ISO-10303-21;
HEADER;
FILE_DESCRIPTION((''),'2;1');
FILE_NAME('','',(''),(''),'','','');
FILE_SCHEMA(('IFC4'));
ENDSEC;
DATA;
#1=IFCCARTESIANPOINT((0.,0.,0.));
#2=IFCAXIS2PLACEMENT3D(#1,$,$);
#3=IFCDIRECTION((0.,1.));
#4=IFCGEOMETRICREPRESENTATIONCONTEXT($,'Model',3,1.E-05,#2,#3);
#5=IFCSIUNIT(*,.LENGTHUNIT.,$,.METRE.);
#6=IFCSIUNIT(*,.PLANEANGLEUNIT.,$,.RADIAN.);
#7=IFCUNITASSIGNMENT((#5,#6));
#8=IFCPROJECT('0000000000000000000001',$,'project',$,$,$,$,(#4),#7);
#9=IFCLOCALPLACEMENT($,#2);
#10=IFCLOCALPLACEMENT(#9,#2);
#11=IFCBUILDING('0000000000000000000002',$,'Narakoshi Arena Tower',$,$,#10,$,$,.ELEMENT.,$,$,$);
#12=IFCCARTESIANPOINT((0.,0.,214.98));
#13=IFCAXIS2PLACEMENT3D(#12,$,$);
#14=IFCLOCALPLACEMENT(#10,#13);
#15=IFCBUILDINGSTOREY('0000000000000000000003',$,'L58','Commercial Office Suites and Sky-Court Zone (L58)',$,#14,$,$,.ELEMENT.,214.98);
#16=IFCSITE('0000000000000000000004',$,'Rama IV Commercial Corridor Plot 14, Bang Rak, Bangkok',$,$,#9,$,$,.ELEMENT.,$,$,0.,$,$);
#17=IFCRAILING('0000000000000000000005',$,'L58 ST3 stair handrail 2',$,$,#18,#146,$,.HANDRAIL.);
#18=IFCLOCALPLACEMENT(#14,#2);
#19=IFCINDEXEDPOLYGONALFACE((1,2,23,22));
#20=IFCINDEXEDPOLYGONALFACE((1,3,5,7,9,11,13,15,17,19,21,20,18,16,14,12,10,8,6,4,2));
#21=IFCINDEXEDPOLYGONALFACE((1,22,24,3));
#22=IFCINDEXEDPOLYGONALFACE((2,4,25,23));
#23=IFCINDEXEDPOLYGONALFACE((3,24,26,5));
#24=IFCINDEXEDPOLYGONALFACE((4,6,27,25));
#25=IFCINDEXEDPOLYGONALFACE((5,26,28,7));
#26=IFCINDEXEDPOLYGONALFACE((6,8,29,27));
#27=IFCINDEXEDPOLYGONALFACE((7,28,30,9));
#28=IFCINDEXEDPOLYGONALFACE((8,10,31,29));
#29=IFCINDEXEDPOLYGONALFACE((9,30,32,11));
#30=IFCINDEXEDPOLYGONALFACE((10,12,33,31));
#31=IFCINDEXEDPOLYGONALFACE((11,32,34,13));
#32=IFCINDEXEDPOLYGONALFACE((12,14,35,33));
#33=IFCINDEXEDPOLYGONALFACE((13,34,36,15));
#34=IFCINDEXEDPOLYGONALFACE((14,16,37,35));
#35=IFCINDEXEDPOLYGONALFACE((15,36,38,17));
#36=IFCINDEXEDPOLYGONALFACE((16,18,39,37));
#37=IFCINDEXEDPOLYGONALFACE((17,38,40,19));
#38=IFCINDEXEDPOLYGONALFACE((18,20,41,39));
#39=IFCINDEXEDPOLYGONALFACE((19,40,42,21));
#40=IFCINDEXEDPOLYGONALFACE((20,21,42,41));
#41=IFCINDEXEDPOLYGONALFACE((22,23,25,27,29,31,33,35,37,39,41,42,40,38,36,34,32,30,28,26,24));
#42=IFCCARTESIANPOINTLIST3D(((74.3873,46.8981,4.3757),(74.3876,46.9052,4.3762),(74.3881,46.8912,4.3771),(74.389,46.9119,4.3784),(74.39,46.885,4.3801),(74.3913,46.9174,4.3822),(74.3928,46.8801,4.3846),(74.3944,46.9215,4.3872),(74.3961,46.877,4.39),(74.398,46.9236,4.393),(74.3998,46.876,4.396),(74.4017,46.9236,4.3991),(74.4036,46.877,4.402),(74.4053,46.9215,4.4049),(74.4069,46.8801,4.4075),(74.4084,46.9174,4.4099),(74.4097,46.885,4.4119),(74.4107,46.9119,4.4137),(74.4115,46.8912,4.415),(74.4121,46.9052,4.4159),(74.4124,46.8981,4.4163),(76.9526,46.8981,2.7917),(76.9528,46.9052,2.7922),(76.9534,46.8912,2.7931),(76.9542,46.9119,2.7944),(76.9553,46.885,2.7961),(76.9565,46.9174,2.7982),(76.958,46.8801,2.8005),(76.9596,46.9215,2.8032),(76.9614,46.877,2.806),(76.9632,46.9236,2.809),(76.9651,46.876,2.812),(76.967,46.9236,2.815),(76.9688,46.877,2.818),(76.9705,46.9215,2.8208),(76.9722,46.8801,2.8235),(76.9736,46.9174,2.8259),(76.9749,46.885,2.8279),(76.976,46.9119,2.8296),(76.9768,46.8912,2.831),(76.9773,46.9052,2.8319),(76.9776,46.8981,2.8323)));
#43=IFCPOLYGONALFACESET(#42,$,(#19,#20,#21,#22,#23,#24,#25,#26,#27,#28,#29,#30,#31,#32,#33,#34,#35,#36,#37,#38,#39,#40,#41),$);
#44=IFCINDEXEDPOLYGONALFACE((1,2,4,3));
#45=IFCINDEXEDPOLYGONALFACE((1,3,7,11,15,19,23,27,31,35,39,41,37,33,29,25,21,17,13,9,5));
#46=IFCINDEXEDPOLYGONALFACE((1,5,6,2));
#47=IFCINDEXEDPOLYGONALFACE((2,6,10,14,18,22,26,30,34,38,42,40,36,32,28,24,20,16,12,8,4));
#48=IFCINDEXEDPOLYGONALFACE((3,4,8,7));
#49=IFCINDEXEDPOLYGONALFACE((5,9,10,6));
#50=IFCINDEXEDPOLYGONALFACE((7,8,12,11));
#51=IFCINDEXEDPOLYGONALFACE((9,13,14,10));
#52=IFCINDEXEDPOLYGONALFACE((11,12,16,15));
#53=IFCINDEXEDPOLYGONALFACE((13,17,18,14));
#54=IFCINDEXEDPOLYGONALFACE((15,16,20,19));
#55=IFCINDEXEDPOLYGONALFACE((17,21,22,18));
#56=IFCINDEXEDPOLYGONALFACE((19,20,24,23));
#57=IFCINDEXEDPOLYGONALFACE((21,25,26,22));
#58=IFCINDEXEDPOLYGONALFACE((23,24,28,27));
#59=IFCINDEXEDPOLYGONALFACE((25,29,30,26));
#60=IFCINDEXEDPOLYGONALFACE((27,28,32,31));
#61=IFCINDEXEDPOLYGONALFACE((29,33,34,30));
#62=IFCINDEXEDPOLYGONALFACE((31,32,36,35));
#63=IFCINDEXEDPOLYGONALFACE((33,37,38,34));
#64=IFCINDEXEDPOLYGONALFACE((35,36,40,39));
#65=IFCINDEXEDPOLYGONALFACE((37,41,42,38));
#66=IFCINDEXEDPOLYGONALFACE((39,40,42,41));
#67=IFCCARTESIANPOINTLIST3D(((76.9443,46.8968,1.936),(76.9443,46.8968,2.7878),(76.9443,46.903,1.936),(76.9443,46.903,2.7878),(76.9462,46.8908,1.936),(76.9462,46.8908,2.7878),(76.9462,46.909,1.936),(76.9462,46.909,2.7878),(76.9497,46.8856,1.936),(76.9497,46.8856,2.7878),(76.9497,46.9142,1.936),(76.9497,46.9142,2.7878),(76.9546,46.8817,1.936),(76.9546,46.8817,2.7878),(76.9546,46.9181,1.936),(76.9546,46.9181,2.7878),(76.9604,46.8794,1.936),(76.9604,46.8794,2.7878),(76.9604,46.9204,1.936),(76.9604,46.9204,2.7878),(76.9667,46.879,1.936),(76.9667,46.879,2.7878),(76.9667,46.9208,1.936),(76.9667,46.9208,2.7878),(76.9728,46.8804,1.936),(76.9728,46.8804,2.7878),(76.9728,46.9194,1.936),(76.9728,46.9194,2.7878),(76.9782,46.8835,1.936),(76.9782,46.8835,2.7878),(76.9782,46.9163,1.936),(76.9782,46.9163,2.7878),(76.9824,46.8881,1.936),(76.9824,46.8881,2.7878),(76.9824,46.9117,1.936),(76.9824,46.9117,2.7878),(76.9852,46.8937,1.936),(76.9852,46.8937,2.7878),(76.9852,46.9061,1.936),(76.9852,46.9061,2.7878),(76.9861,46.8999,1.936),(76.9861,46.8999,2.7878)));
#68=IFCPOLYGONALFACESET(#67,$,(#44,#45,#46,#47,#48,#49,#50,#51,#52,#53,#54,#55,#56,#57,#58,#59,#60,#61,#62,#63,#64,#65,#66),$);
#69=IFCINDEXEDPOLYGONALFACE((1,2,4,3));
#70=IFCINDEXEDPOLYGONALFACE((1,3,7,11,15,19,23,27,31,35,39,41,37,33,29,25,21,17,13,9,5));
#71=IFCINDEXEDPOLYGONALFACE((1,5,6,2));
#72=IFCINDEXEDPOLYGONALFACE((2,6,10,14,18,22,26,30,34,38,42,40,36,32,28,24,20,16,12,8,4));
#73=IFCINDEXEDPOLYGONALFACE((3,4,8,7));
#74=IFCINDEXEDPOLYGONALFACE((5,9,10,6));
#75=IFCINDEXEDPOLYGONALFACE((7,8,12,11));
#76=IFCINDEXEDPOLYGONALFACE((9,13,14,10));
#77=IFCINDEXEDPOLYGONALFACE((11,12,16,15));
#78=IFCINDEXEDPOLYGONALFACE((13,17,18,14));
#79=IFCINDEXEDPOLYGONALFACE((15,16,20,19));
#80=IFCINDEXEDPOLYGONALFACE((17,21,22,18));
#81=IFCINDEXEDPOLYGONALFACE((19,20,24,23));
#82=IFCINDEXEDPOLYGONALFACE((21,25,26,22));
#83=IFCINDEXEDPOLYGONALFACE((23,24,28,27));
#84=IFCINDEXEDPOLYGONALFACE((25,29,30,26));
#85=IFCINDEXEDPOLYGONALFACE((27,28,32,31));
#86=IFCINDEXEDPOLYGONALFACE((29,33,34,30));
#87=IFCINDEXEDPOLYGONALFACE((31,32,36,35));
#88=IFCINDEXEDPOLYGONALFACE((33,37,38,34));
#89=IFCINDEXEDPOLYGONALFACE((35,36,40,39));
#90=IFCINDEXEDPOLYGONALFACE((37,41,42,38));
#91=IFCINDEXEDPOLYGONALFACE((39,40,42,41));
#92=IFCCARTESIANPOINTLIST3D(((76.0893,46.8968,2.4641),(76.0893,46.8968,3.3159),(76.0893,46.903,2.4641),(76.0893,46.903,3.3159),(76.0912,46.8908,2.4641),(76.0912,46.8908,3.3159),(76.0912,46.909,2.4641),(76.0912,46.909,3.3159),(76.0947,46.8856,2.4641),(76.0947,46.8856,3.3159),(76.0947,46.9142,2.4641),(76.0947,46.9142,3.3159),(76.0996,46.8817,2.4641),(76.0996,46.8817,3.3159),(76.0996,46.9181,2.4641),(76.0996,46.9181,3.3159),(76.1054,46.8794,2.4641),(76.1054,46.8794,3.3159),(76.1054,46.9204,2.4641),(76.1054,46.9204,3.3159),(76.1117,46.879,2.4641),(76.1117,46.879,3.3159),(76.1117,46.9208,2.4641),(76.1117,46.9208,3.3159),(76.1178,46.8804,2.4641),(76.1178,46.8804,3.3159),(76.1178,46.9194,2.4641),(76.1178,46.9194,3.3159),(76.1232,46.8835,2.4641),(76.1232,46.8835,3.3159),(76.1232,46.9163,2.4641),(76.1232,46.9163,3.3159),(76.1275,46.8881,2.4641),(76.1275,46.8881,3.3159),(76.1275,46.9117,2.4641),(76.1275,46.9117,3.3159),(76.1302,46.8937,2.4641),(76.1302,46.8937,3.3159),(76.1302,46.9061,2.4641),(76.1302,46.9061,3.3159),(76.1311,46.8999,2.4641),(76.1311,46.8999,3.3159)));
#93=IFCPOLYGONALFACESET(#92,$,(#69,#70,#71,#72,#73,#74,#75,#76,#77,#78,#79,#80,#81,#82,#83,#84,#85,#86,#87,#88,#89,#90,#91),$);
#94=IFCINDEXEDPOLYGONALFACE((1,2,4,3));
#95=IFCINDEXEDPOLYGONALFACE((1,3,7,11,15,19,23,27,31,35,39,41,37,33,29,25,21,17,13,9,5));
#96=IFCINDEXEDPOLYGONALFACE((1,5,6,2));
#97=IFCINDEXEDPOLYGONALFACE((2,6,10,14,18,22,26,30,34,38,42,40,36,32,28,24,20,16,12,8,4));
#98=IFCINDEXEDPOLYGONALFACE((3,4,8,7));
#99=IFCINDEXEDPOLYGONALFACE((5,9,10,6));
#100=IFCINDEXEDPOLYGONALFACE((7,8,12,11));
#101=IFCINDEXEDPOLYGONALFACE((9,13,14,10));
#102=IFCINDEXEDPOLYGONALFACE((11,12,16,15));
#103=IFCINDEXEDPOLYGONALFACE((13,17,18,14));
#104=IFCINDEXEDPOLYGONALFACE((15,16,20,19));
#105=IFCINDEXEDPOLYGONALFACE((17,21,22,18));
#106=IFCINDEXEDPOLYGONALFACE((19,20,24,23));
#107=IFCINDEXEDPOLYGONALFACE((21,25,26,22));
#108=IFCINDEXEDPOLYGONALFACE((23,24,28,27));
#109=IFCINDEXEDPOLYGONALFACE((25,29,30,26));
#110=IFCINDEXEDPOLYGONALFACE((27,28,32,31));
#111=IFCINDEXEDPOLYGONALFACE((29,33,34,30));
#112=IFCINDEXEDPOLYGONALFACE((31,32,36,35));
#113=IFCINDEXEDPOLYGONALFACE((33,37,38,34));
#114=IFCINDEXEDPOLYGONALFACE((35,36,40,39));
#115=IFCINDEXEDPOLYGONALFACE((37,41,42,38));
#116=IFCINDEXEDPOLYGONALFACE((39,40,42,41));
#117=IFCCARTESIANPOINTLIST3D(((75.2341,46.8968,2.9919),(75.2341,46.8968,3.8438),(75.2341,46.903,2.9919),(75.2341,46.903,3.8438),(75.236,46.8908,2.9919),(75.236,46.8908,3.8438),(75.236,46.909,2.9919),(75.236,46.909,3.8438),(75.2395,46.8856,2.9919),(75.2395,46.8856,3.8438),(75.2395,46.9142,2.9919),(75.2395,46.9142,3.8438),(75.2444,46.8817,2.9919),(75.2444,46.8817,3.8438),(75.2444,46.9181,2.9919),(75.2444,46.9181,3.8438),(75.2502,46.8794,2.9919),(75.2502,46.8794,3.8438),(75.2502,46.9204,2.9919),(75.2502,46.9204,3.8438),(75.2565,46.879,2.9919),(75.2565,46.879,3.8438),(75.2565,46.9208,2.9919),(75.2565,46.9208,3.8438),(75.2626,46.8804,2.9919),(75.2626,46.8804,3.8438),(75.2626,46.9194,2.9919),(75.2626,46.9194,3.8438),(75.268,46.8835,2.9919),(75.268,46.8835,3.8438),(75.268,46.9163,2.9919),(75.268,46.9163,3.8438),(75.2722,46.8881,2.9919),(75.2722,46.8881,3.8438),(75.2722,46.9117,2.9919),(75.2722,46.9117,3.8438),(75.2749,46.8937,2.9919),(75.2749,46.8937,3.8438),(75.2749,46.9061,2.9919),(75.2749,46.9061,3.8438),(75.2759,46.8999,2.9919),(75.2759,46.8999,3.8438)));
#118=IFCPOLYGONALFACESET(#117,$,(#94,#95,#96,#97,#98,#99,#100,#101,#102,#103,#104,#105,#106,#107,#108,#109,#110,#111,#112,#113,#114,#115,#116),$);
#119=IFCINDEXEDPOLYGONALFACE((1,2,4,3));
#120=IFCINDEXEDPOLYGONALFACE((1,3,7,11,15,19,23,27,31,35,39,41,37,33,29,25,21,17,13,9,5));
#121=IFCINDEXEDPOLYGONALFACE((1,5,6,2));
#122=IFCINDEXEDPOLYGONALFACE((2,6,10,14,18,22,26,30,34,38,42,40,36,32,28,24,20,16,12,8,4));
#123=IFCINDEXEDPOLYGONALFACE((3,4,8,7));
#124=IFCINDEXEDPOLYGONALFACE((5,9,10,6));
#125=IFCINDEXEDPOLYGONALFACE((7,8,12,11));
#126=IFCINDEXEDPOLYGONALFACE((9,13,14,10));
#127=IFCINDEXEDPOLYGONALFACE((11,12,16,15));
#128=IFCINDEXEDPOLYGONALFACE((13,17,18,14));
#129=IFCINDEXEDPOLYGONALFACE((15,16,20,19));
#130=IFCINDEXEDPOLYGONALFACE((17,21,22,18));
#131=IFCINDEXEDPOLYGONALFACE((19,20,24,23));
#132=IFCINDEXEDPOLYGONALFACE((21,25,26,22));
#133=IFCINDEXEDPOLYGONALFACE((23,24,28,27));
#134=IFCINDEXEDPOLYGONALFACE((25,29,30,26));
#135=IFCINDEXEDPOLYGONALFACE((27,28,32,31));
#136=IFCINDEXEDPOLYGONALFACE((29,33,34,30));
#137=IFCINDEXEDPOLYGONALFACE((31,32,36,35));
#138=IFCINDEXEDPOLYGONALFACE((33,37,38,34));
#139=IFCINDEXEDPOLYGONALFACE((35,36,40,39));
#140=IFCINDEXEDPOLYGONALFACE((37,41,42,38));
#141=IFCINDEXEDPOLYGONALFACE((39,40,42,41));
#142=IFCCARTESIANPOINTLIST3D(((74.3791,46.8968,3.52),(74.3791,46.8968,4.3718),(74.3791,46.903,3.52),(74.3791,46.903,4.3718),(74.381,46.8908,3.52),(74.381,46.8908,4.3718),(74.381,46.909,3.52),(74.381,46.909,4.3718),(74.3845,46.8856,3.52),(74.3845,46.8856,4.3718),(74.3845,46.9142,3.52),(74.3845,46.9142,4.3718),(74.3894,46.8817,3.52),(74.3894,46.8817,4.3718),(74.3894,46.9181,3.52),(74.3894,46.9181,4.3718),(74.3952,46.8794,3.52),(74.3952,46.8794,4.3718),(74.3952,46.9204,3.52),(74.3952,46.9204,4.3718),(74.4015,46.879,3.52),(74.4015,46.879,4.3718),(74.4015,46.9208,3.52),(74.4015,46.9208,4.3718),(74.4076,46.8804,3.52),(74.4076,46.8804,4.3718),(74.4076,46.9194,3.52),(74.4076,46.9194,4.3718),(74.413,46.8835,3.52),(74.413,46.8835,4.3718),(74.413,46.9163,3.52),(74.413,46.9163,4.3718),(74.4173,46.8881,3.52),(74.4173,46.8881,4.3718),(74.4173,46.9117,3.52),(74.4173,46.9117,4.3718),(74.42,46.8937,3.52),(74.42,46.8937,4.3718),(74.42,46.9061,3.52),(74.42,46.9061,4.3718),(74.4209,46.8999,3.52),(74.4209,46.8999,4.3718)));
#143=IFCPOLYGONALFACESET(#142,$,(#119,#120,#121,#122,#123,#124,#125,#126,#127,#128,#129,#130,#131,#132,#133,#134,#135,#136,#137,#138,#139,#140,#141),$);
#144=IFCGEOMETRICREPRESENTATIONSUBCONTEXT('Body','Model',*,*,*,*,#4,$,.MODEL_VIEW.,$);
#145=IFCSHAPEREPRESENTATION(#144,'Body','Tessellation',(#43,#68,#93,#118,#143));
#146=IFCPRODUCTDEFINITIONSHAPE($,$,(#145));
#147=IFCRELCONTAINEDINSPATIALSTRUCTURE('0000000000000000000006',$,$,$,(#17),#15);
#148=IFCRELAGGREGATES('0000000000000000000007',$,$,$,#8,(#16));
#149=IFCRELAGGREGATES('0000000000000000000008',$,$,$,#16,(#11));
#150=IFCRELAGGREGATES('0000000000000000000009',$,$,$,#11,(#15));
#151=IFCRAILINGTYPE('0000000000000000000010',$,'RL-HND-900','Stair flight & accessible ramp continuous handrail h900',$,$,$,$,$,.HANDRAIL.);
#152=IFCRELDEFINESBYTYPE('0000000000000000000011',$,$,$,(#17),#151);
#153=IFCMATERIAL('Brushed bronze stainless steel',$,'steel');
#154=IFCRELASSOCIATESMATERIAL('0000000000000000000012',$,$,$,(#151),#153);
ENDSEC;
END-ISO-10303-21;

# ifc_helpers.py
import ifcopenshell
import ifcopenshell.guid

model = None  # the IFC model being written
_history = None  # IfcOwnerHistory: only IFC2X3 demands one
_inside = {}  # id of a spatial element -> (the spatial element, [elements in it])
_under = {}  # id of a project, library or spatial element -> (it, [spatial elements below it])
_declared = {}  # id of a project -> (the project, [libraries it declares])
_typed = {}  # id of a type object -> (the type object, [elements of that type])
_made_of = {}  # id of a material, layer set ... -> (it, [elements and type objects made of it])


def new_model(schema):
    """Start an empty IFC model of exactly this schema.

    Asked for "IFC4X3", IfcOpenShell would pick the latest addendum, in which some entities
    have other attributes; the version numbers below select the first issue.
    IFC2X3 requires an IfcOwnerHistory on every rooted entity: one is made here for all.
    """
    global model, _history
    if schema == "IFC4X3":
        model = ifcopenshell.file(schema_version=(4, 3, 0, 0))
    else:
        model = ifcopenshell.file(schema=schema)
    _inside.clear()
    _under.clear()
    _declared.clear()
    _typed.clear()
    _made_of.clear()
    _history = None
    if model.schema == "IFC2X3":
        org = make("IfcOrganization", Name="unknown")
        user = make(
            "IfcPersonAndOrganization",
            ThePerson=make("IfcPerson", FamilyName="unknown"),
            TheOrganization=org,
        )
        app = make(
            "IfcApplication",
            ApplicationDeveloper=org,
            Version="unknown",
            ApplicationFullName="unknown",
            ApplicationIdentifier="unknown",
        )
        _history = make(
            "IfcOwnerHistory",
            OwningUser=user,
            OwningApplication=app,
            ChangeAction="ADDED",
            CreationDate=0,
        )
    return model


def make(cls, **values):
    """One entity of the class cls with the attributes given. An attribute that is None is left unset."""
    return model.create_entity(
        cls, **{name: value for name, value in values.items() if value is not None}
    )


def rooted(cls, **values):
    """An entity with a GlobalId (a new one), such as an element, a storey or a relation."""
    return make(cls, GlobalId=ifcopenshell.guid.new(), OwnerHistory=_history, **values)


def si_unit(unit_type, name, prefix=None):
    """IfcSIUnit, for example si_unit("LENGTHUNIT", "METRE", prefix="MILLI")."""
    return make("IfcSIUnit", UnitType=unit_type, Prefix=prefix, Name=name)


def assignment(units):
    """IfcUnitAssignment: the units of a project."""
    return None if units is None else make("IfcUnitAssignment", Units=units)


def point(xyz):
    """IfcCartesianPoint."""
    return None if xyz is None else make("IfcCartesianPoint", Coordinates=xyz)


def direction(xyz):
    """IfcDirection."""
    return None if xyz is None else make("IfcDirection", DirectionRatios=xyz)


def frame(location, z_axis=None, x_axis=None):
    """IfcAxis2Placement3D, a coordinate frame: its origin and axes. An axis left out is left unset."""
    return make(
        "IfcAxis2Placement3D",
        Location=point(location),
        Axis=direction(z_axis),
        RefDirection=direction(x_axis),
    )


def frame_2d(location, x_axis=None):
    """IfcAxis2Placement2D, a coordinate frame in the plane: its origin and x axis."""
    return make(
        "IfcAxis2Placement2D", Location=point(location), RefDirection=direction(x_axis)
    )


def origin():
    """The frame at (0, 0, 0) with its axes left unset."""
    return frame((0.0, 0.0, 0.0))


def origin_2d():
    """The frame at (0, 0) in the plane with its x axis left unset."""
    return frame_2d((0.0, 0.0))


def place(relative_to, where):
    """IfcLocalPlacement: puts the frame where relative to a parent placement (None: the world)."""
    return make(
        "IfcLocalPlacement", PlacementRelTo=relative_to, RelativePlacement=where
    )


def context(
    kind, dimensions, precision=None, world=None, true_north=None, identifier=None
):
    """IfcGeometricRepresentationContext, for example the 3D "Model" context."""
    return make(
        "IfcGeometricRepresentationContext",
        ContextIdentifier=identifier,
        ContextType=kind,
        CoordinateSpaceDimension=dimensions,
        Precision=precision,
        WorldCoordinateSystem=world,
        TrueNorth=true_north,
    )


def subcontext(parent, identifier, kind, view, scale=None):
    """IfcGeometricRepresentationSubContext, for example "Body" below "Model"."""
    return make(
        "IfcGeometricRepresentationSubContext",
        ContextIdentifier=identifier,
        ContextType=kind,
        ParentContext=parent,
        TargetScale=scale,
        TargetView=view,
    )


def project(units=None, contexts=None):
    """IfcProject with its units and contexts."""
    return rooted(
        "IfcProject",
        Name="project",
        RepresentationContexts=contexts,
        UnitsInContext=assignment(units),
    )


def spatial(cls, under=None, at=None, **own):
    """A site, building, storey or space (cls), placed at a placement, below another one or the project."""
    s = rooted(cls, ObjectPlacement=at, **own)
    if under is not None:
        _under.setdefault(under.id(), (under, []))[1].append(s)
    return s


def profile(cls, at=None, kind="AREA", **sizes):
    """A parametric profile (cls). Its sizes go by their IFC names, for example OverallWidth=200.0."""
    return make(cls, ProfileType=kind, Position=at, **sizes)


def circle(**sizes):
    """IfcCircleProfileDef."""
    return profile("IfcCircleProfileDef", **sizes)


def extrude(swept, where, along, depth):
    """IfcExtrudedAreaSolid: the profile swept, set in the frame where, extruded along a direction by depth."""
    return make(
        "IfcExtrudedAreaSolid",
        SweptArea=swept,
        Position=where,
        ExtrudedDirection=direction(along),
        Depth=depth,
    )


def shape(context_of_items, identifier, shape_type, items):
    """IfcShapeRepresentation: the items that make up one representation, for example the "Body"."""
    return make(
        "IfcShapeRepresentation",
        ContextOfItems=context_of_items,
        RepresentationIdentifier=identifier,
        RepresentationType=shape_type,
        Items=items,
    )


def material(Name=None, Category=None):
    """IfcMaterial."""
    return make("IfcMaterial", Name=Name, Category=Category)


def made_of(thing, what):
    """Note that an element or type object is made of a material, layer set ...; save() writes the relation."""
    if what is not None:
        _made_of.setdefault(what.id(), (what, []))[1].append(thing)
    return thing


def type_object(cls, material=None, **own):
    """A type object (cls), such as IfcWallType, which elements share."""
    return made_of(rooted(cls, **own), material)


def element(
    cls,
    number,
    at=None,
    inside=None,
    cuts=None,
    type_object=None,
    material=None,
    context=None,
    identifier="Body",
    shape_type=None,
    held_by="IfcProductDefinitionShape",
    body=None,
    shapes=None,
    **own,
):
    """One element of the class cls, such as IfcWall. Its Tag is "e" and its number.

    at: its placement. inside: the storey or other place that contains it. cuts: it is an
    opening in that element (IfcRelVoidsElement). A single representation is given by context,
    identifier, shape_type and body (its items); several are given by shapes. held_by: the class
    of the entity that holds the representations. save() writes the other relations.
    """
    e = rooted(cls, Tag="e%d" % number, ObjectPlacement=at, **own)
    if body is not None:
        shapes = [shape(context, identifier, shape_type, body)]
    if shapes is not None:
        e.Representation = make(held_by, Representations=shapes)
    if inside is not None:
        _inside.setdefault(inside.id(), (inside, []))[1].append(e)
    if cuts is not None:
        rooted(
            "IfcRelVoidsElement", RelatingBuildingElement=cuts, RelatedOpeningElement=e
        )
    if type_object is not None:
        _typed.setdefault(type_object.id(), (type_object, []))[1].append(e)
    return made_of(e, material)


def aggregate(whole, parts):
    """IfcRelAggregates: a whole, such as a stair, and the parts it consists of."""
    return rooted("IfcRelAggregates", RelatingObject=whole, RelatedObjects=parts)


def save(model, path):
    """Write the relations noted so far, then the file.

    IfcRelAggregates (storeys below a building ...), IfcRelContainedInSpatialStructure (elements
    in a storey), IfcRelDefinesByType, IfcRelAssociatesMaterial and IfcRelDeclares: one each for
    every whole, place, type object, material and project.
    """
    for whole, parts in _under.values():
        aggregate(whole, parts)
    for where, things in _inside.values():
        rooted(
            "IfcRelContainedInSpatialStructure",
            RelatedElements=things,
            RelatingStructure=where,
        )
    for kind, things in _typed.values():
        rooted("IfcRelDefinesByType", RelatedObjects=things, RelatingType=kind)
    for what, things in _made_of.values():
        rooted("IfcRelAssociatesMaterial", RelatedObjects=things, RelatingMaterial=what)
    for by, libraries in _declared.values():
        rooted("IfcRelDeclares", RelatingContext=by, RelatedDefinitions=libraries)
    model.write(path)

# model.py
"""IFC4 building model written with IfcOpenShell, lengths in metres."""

from ifc_helpers import new_model, si_unit, direction, frame, origin, origin_2d, place, context, subcontext, project, spatial, circle, extrude, material, type_object, element, save


model = new_model("IFC4")

# Units and contexts
model_context = context("Model", 3, precision=1e-05, world=origin(), true_north=direction((0.0, 1.0)))
body_context = subcontext(model_context, "Body", "Model", "MODEL_VIEW")
ifc_project = project(units=[si_unit("LENGTHUNIT", "METRE"), si_unit("PLANEANGLEUNIT", "RADIAN")], contexts=[model_context])

# Site, building, storey
site_placement = place(None, origin())
site = spatial("IfcSite", under=ifc_project, at=site_placement, Name="Rama IV Commercial Corridor Plot 14, Bang Rak, Bangkok", CompositionType="ELEMENT", RefElevation=0.0)
building_placement = place(site_placement, origin())
building = spatial("IfcBuilding", under=site, at=building_placement, Name="Narakoshi Arena Tower", CompositionType="ELEMENT")
storey_placement = place(building_placement, frame((0.0, 0.0, 214.98)))
storey = spatial("IfcBuildingStorey", under=building, at=storey_placement, Name="L58", Description="Commercial Office Suites and Sky-Court Zone (L58)", CompositionType="ELEMENT", Elevation=214.98)

# Shared definitions
ifc_material_1 = material(Name="Brushed bronze stainless steel", Category="steel")

# Railing
railing_type = type_object("IfcRailingType", Name="RL-HND-900", Description="Stair flight & accessible ramp continuous handrail h900", PredefinedType="HANDRAIL", material=ifc_material_1)
railing_placement = place(storey_placement, frame((76.9651, 46.8999, 1.936)))
element("IfcRailing", 1, at=railing_placement, inside=storey, type_object=railing_type, Name="L58 ST3 stair handrail 2", PredefinedType="HANDRAIL", context=body_context, shape_type="SweptSolid", body=[
    extrude(circle(Radius=0.0239, at=origin_2d()), frame((0.0, 0.0, 0.876), z_axis=(-0.850857, 0.0, 0.525398), x_axis=(0.0, -1.0, 0.0)), (0.0, 0.0, 1.0), 3.0149),
    extrude(circle(Radius=0.021, at=origin_2d()), origin(), (0.0, 0.0, 1.0), 0.8518),
    extrude(circle(Radius=0.021, at=origin_2d()), frame((-0.855, 0.0, 0.5281)), (0.0, 0.0, 1.0), 0.8518),
    extrude(circle(Radius=0.021, at=origin_2d()), frame((-1.7102, 0.0, 1.0559)), (0.0, 0.0, 1.0), 0.8518),
    extrude(circle(Radius=0.021, at=origin_2d()), frame((-2.5652, 0.0, 1.584)), (0.0, 0.0, 1.0), 0.8518),
])

save(model, "model.ifc")
